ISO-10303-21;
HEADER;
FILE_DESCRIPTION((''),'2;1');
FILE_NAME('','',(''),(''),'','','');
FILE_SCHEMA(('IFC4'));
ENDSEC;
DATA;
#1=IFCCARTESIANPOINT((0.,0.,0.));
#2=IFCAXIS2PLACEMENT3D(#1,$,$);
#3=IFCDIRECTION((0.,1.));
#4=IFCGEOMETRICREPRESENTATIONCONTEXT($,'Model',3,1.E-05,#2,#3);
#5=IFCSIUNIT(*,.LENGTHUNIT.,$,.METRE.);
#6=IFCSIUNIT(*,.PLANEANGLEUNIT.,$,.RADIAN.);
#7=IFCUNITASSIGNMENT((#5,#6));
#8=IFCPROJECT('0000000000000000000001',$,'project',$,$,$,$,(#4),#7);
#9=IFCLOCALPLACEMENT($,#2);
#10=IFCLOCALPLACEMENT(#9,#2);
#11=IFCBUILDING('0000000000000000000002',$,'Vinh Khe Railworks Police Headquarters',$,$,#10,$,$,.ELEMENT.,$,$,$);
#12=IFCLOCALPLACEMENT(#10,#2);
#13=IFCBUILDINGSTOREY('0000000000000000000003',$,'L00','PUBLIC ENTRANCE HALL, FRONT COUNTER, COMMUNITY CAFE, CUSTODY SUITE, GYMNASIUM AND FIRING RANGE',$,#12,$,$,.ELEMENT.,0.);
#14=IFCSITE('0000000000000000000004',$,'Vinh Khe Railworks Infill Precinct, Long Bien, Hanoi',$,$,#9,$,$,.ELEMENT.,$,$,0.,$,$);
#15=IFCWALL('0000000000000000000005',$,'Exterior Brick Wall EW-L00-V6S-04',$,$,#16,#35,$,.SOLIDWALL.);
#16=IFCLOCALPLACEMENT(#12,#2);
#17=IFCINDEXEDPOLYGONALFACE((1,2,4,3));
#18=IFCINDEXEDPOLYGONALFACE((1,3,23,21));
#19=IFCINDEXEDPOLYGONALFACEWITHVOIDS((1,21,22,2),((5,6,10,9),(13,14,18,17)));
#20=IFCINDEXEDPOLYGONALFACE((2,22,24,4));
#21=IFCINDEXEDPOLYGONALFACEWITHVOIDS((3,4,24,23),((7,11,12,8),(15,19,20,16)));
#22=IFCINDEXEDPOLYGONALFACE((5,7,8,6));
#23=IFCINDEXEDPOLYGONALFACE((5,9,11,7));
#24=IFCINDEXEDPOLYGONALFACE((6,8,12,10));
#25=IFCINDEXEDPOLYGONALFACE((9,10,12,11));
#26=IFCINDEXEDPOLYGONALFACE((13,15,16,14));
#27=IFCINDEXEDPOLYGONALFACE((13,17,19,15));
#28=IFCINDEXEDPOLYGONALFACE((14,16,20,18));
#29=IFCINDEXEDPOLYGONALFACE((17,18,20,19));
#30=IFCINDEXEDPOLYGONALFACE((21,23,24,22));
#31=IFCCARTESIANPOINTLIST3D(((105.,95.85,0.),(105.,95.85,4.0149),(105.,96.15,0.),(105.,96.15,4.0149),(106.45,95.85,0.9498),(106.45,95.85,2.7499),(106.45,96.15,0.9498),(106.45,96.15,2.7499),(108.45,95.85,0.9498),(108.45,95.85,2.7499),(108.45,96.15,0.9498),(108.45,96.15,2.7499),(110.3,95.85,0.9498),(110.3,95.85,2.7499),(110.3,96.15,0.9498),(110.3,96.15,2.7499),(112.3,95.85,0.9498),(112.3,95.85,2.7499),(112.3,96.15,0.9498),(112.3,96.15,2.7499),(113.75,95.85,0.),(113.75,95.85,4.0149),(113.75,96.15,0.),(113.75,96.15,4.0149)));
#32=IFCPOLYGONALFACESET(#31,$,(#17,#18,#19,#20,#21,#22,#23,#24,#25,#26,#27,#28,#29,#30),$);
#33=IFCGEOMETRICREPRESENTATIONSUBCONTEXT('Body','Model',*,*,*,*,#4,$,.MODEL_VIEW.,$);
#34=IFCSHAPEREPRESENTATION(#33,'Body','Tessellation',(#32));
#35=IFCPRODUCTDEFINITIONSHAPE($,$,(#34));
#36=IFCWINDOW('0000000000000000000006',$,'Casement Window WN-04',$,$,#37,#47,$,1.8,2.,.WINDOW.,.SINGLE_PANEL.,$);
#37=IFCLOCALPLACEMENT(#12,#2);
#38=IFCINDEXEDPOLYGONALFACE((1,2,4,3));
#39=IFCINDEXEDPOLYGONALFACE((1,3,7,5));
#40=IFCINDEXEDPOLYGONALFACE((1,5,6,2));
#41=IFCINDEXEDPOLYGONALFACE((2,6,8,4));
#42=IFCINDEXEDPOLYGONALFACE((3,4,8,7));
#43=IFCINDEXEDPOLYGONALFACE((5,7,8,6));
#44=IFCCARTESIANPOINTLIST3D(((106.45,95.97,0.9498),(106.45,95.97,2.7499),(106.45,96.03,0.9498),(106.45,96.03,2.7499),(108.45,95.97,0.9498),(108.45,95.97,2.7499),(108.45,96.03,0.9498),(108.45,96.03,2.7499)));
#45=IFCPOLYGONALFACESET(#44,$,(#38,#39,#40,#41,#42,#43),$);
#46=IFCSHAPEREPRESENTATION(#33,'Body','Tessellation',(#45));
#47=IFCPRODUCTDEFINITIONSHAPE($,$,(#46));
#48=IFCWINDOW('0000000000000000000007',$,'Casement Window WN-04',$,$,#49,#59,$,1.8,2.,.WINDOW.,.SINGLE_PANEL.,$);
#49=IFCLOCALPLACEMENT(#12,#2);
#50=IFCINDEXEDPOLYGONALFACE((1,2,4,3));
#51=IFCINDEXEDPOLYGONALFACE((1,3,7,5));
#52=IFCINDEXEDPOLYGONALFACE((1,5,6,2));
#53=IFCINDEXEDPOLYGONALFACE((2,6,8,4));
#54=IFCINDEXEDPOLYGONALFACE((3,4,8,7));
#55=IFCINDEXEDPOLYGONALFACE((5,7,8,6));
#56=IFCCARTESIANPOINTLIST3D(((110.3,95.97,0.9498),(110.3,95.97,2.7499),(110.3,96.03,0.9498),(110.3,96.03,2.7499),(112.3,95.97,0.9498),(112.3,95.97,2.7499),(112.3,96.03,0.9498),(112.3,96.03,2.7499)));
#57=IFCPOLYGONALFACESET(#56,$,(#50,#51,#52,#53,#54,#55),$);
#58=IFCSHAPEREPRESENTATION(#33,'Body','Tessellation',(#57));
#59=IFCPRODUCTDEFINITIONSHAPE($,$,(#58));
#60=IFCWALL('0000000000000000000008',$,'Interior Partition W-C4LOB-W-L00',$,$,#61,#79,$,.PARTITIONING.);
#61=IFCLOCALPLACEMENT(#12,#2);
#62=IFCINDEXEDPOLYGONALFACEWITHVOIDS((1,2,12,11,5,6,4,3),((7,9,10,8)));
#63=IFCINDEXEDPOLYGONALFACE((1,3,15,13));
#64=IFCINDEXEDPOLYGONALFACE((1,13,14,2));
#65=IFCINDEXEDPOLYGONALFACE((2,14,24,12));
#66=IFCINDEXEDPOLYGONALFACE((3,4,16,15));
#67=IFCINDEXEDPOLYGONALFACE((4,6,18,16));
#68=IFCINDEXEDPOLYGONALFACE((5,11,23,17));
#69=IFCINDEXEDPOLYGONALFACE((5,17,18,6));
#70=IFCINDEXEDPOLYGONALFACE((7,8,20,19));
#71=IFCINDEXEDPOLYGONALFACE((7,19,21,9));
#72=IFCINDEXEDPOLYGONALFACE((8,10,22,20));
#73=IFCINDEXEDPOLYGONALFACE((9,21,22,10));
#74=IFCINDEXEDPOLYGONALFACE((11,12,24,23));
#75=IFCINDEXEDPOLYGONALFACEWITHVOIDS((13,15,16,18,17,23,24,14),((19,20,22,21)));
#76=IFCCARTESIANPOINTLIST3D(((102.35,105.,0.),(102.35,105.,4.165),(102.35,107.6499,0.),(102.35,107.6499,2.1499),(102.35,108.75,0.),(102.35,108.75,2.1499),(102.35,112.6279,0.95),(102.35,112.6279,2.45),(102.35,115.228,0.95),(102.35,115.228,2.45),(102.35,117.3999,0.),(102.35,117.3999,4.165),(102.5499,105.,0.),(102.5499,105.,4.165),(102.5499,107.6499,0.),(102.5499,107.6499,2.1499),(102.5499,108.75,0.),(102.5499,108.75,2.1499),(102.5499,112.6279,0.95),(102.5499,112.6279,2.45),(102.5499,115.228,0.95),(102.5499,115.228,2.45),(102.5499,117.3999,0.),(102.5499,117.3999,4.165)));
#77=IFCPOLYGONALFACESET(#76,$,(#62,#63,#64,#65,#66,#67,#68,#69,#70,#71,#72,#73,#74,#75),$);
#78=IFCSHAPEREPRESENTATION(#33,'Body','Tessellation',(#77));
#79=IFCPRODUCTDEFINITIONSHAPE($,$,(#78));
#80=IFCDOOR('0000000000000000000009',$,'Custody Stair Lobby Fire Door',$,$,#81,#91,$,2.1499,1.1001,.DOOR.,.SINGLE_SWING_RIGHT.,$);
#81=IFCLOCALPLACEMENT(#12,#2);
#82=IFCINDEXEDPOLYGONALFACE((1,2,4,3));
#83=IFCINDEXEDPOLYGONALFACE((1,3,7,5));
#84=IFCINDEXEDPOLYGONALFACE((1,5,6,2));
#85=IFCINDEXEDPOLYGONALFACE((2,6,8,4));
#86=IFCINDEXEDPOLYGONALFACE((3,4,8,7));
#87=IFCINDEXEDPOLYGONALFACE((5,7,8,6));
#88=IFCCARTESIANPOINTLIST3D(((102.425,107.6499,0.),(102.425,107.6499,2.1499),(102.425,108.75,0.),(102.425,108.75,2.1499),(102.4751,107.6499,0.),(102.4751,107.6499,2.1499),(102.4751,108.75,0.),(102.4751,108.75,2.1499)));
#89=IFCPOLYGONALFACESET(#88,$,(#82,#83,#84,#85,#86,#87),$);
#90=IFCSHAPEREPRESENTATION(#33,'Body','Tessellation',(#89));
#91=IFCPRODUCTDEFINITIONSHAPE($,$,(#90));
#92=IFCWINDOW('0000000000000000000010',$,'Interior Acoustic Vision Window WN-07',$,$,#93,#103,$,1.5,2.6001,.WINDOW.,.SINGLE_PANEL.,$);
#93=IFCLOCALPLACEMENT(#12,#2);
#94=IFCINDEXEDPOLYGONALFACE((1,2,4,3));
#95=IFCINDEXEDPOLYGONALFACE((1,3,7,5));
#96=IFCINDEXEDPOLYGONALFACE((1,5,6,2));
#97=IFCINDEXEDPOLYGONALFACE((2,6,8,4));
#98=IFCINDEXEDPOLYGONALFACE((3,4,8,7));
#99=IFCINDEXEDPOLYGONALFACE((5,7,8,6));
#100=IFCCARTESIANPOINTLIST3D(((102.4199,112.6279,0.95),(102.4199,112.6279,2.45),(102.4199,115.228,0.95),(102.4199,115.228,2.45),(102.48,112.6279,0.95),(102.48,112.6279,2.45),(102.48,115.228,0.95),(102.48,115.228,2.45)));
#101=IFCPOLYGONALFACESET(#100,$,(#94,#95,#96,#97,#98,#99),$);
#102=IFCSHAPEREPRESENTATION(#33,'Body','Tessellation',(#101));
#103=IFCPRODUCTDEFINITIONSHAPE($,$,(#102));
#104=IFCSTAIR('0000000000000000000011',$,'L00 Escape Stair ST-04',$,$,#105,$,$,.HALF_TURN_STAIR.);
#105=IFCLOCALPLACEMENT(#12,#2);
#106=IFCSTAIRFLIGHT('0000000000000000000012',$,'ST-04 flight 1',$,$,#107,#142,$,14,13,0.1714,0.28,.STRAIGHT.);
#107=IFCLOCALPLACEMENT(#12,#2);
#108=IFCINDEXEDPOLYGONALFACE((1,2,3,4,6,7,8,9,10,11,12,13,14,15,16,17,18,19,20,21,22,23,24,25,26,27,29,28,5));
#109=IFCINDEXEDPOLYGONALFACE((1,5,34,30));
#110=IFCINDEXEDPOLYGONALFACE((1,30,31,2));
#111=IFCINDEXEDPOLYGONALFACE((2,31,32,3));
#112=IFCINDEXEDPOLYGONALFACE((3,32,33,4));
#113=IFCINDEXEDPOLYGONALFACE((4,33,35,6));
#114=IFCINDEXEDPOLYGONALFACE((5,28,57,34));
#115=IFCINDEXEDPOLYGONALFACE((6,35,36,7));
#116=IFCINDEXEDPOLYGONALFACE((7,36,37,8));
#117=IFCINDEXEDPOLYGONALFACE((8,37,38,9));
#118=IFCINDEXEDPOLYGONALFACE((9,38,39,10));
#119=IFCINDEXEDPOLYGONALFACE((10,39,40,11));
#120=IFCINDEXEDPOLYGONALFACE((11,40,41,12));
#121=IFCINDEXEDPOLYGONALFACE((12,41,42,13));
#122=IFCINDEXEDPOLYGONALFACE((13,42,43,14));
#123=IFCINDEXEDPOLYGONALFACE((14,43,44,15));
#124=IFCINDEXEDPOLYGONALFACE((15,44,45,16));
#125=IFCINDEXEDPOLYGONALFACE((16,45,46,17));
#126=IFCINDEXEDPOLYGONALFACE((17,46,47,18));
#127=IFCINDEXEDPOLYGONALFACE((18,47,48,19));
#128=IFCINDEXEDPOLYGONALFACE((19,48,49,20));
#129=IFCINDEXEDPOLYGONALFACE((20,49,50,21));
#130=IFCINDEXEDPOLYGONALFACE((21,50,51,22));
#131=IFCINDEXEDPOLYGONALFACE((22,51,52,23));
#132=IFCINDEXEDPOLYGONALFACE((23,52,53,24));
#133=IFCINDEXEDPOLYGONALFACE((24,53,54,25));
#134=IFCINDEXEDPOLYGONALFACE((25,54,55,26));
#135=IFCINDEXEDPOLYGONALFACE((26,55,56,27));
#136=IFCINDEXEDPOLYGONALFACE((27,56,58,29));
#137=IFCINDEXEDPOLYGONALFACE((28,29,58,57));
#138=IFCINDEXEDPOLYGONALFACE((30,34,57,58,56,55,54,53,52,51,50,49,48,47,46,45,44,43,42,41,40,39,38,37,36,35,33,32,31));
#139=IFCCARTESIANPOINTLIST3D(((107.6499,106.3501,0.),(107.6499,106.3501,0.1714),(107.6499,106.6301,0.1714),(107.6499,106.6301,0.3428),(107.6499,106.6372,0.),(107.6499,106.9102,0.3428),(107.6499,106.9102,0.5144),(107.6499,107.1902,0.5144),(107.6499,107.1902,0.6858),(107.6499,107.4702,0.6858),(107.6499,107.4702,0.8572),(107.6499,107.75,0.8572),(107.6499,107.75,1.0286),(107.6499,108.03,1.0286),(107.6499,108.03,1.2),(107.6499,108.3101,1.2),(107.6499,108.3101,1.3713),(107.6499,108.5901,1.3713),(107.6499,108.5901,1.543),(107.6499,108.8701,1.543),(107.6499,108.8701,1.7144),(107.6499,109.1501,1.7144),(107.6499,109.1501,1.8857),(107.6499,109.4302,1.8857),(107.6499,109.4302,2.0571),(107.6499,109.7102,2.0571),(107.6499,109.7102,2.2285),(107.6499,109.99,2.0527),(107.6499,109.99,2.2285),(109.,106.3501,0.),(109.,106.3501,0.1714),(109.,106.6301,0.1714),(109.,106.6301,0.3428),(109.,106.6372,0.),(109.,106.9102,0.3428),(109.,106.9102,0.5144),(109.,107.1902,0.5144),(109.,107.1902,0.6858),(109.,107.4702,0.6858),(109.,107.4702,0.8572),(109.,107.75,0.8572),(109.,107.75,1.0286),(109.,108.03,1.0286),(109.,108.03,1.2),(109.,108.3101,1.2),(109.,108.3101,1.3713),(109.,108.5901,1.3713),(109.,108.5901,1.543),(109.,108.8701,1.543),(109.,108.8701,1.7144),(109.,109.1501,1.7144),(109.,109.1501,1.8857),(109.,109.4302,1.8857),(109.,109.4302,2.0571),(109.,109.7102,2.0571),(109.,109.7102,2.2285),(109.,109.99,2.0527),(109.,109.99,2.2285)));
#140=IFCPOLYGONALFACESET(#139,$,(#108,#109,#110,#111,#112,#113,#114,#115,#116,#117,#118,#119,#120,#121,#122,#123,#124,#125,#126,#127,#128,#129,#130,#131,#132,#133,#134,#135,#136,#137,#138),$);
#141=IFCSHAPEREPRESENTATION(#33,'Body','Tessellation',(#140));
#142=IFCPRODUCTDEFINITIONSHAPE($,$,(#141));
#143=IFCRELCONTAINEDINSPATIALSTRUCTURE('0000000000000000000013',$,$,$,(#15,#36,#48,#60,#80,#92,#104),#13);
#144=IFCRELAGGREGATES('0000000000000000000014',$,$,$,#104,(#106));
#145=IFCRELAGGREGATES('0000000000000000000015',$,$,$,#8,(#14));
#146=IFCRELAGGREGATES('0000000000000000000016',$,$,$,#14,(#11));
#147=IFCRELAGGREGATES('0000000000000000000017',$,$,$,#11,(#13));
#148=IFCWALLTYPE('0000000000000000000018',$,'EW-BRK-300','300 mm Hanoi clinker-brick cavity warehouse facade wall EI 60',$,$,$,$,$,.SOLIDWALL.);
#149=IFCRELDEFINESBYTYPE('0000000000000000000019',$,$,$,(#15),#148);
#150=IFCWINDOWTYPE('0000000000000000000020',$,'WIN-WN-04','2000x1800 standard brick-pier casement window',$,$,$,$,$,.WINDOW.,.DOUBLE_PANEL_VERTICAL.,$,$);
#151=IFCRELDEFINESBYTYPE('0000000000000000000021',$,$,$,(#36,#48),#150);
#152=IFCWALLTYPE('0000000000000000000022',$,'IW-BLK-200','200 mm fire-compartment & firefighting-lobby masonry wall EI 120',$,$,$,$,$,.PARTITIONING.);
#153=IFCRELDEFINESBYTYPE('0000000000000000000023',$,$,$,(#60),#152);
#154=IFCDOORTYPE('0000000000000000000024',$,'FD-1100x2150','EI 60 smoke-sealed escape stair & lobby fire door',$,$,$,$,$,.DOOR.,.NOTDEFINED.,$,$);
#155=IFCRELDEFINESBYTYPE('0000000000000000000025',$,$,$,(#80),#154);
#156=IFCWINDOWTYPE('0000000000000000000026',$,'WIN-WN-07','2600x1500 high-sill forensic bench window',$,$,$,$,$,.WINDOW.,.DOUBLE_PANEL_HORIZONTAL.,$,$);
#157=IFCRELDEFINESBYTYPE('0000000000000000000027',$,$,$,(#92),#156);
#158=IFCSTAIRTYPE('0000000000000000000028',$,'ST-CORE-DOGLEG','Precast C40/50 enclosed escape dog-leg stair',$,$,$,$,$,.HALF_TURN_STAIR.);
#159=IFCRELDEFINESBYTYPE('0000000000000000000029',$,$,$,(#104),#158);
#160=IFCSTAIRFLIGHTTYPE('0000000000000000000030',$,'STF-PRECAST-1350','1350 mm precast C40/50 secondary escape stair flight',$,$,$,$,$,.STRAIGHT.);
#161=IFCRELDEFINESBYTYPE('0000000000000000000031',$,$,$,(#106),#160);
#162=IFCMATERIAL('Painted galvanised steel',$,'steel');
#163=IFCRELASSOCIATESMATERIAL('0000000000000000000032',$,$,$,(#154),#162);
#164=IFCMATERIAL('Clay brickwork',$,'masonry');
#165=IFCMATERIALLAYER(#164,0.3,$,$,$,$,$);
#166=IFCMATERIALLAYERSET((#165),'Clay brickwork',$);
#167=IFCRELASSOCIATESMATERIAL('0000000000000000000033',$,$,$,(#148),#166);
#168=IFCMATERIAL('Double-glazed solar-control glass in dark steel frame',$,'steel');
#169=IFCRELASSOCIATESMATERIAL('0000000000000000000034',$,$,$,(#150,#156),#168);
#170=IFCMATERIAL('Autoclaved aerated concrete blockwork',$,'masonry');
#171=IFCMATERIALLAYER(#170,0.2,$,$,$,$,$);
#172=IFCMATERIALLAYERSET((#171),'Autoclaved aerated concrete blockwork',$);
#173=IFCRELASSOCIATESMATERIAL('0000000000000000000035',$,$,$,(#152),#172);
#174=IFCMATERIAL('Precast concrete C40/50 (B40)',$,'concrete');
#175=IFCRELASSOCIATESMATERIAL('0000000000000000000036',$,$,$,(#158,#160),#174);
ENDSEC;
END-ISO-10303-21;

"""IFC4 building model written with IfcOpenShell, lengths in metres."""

from ifc_helpers import new_model, si_unit, direction, frame, frame_2d, origin, place, context, subcontext, project, spatial, polyline, rectangle, outline, extrude, material, layer, layer_set, type_object, element, fill, aggregate, save


model = new_model("IFC4")

# Units and contexts
model_context = context("Model", 3, precision=1e-05, world=origin(), true_north=direction((0.0, 1.0)))
body_context = subcontext(model_context, "Body", "Model", "MODEL_VIEW")
ifc_project = project(units=[si_unit("LENGTHUNIT", "METRE"), si_unit("PLANEANGLEUNIT", "RADIAN")], contexts=[model_context])

# Site, building, storey
site_placement = place(None, origin())
site = spatial("IfcSite", under=ifc_project, at=site_placement, Name="Vinh Khe Railworks Infill Precinct, Long Bien, Hanoi", CompositionType="ELEMENT", RefElevation=0.0)
building_placement = place(site_placement, origin())
building = spatial("IfcBuilding", under=site, at=building_placement, Name="Vinh Khe Railworks Police Headquarters", CompositionType="ELEMENT")
storey_placement = place(building_placement, origin())
storey = spatial("IfcBuildingStorey", under=building, at=storey_placement, Name="L00", Description="PUBLIC ENTRANCE HALL, FRONT COUNTER, COMMUNITY CAFE, CUSTODY SUITE, GYMNASIUM AND FIRING RANGE", CompositionType="ELEMENT", Elevation=0.0)

# Shared definitions
ifc_material_1 = material(Name="Painted galvanised steel", Category="steel")
door_type_1 = type_object("IfcDoorType", Name="FD-1100x2150", Description="EI 60 smoke-sealed escape stair & lobby fire door", OperationType="NOTDEFINED", PredefinedType="DOOR", material=ifc_material_1)

# Shared definitions
ifc_material_2 = material(Name="Clay brickwork", Category="masonry")
ifc_layer_1 = layer(ifc_material_2, 0.3)
ifc_layer_set_1 = layer_set([ifc_layer_1], Name="Clay brickwork")
wall_type_1 = type_object("IfcWallType", Name="EW-BRK-300", Description="300 mm Hanoi clinker-brick cavity warehouse facade wall EI 60", PredefinedType="SOLIDWALL", material=ifc_layer_set_1)

# Wall, openings, windows
wall_1_placement = place(storey_placement, frame((105.0, 96.0, 0.0), z_axis=(0.0, 0.0, 1.0), x_axis=(1.0, 0.0, 0.0)))
wall_1 = element("IfcWall", 1, at=wall_1_placement, inside=storey, type_object=wall_type_1, Name="Exterior Brick Wall EW-L00-V6S-04", PredefinedType="SOLIDWALL", context=body_context, shape_type="SweptSolid", body=[
    extrude(rectangle(XDim=8.75, YDim=0.3, at=frame_2d((4.375, 0.0))), origin(), (0.0, 0.0, 1.0), 4.0149),
])
opening_1_placement = place(wall_1_placement, frame((1.45, 0.0, 0.95)))
opening_1 = element("IfcOpeningElement", 2, at=opening_1_placement, cuts=wall_1, PredefinedType="OPENING", context=body_context, shape_type="SweptSolid", body=[
    extrude(rectangle(XDim=2.0, YDim=1.8, at=frame_2d((1.0, 0.8999))), frame((0.0, 0.165, 0.0), z_axis=(0.0, -1.0, 0.0), x_axis=(1.0, 0.0, 0.0)), (0.0, 0.0, 1.0), 0.3298),
])
opening_2_placement = place(wall_1_placement, frame((5.3, 0.0, 0.95)))
opening_2 = element("IfcOpeningElement", 3, at=opening_2_placement, cuts=wall_1, PredefinedType="OPENING", context=body_context, shape_type="SweptSolid", body=[
    extrude(rectangle(XDim=2.0, YDim=1.8, at=frame_2d((1.0, 0.8999))), frame((0.0, 0.165, 0.0), z_axis=(0.0, -1.0, 0.0), x_axis=(1.0, 0.0, 0.0)), (0.0, 0.0, 1.0), 0.3298),
])
ifc_material_3 = material(Name="Double-glazed solar-control glass in dark steel frame", Category="steel")
window_type_1 = type_object("IfcWindowType", Name="WIN-WN-04", Description="2000x1800 standard brick-pier casement window", PartitioningType="DOUBLE_PANEL_VERTICAL", PredefinedType="WINDOW", material=ifc_material_3)
window_1_placement = place(opening_1_placement, origin())
window_1 = element("IfcWindow", 4, at=window_1_placement, inside=storey, type_object=window_type_1, Name="Casement Window WN-04", OverallHeight=1.8, OverallWidth=2.0, PartitioningType="SINGLE_PANEL", PredefinedType="WINDOW", context=body_context, shape_type="SweptSolid", body=[
    extrude(rectangle(XDim=2.0, YDim=1.8, at=frame_2d((1.0, 0.8999))), frame((0.0, 0.03, 0.0), z_axis=(0.0, -1.0, 0.0), x_axis=(1.0, 0.0, 0.0)), (0.0, 0.0, 1.0), 0.0601),
])
fill(opening_1, window_1)
window_2_placement = place(opening_2_placement, origin())
window_2 = element("IfcWindow", 5, at=window_2_placement, inside=storey, type_object=window_type_1, Name="Casement Window WN-04", OverallHeight=1.8, OverallWidth=2.0, PartitioningType="SINGLE_PANEL", PredefinedType="WINDOW", context=body_context, shape_type="SweptSolid", body=[
    extrude(rectangle(XDim=2.0, YDim=1.8, at=frame_2d((1.0, 0.8999))), frame((0.0, 0.03, 0.0), z_axis=(0.0, -1.0, 0.0), x_axis=(1.0, 0.0, 0.0)), (0.0, 0.0, 1.0), 0.0601),
])
fill(opening_2, window_2)

# Wall, openings, door, window
ifc_material_4 = material(Name="Autoclaved aerated concrete blockwork", Category="masonry")
ifc_layer_2 = layer(ifc_material_4, 0.2)
ifc_layer_set_2 = layer_set([ifc_layer_2], Name="Autoclaved aerated concrete blockwork")
wall_type_2 = type_object("IfcWallType", Name="IW-BLK-200", Description="200 mm fire-compartment & firefighting-lobby masonry wall EI 120", PredefinedType="PARTITIONING", material=ifc_layer_set_2)
wall_2_placement = place(storey_placement, frame((102.45, 105.0, 0.0), z_axis=(0.0, 0.0, 1.0), x_axis=(0.0, 1.0, 0.0)))
wall_2 = element("IfcWall", 6, at=wall_2_placement, inside=storey, type_object=wall_type_2, Name="Interior Partition W-C4LOB-W-L00", PredefinedType="PARTITIONING", context=body_context, shape_type="SweptSolid", body=[
    extrude(rectangle(XDim=12.3999, YDim=0.2, at=frame_2d((6.2, 0.0))), origin(), (0.0, 0.0, 1.0), 4.165),
])
opening_3_placement = place(wall_2_placement, frame((2.6499, 0.0, 0.0)))
opening_3 = element("IfcOpeningElement", 7, at=opening_3_placement, cuts=wall_2, PredefinedType="OPENING", context=body_context, shape_type="SweptSolid", body=[
    extrude(rectangle(XDim=1.1001, YDim=2.1499, at=frame_2d((0.55, 1.075))), frame((0.0, 0.1147, 0.0), z_axis=(0.0, -1.0, 0.0), x_axis=(1.0, 0.0, 0.0)), (0.0, 0.0, 1.0), 0.2297),
])
opening_4_placement = place(wall_2_placement, frame((7.6279, 0.0, 0.95)))
opening_4 = element("IfcOpeningElement", 8, at=opening_4_placement, cuts=wall_2, PredefinedType="OPENING", context=body_context, shape_type="SweptSolid", body=[
    extrude(rectangle(XDim=2.6001, YDim=1.5, at=frame_2d((1.3, 0.75))), frame((0.0, 0.1147, 0.0), z_axis=(0.0, -1.0, 0.0), x_axis=(1.0, 0.0, 0.0)), (0.0, 0.0, 1.0), 0.2297),
])
door_1_placement = place(opening_3_placement, origin())
door_1 = element("IfcDoor", 9, at=door_1_placement, inside=storey, type_object=door_type_1, Name="Custody Stair Lobby Fire Door", OperationType="SINGLE_SWING_RIGHT", OverallHeight=2.1499, OverallWidth=1.1001, PredefinedType="DOOR", context=body_context, shape_type="SweptSolid", body=[
    extrude(rectangle(XDim=1.1001, YDim=2.1499, at=frame_2d((0.55, 1.075))), frame((0.0, 0.0249, 0.0), z_axis=(0.0, -1.0, 0.0), x_axis=(1.0, 0.0, 0.0)), (0.0, 0.0, 1.0), 0.05),
])
fill(opening_3, door_1)
window_type_2 = type_object("IfcWindowType", Name="WIN-WN-07", Description="2600x1500 high-sill forensic bench window", PartitioningType="DOUBLE_PANEL_HORIZONTAL", PredefinedType="WINDOW", material=ifc_material_3)
window_3_placement = place(opening_4_placement, origin())
window_3 = element("IfcWindow", 10, at=window_3_placement, inside=storey, type_object=window_type_2, Name="Interior Acoustic Vision Window WN-07", OverallHeight=1.5, OverallWidth=2.6001, PartitioningType="SINGLE_PANEL", PredefinedType="WINDOW", context=body_context, shape_type="SweptSolid", body=[
    extrude(rectangle(XDim=2.6001, YDim=1.5, at=frame_2d((1.3, 0.75))), frame((0.0, 0.03, 0.0), z_axis=(0.0, -1.0, 0.0), x_axis=(1.0, 0.0, 0.0)), (0.0, 0.0, 1.0), 0.0601),
])
fill(opening_4, window_3)

# Stair, stair flight
ifc_material_5 = material(Name="Precast concrete C40/50 (B40)", Category="concrete")
stair_type = type_object("IfcStairType", Name="ST-CORE-DOGLEG", Description="Precast C40/50 enclosed escape dog-leg stair", PredefinedType="HALF_TURN_STAIR", material=ifc_material_5)
stair_placement = place(storey_placement, origin())
stair = element("IfcStair", 11, at=stair_placement, inside=storey, type_object=stair_type, Name="L00 Escape Stair ST-04", PredefinedType="HALF_TURN_STAIR")
stair_flight_type = type_object("IfcStairFlightType", Name="STF-PRECAST-1350", Description="1350 mm precast C40/50 secondary escape stair flight", PredefinedType="STRAIGHT", material=ifc_material_5)
stair_flight_placement = place(storey_placement, frame((108.325, 106.3501, 0.0), z_axis=(0.0, 0.0, 1.0), x_axis=(0.0, 1.0, 0.0)))
stair_flight = element("IfcStairFlight", 12, at=stair_flight_placement, type_object=stair_flight_type, Name="ST-04 flight 1", NumberOfRisers=14, NumberOfTreads=13, PredefinedType="STRAIGHT", RiserHeight=0.1714, TreadLength=0.28, context=body_context, shape_type="SweptSolid", body=[
    extrude(outline(polyline([(0.0, 0.0), (0.0, 0.1714), (0.28, 0.1714), (0.28, 0.3428), (0.5601, 0.3428), (0.5601, 0.5144), (0.8401, 0.5144), (0.8401, 0.6858), (1.1201, 0.6858), (1.1201, 0.8572), (1.3999, 0.8572), (1.3999, 1.0286), (1.6799, 1.0286), (1.6799, 1.2), (1.96, 1.2), (1.96, 1.3713), (2.24, 1.3713), (2.24, 1.543), (2.52, 1.543), (2.52, 1.7144), (2.8, 1.7144), (2.8, 1.8857), (3.0801, 1.8857), (3.0801, 2.0571), (3.3601, 2.0571), (3.3601, 2.2285), (3.6399, 2.2285), (3.6399, 2.3999), (3.6399, 2.0527), (0.2871, 0.0), (0.0, 0.0)])), frame((0.0, 0.675, 0.0), z_axis=(0.0, -1.0, 0.0), x_axis=(1.0, 0.0, 0.0)), (0.0, 0.0, 1.0), 1.3501),
])
aggregate(stair, [stair_flight])

save(model, "model.ifc")
